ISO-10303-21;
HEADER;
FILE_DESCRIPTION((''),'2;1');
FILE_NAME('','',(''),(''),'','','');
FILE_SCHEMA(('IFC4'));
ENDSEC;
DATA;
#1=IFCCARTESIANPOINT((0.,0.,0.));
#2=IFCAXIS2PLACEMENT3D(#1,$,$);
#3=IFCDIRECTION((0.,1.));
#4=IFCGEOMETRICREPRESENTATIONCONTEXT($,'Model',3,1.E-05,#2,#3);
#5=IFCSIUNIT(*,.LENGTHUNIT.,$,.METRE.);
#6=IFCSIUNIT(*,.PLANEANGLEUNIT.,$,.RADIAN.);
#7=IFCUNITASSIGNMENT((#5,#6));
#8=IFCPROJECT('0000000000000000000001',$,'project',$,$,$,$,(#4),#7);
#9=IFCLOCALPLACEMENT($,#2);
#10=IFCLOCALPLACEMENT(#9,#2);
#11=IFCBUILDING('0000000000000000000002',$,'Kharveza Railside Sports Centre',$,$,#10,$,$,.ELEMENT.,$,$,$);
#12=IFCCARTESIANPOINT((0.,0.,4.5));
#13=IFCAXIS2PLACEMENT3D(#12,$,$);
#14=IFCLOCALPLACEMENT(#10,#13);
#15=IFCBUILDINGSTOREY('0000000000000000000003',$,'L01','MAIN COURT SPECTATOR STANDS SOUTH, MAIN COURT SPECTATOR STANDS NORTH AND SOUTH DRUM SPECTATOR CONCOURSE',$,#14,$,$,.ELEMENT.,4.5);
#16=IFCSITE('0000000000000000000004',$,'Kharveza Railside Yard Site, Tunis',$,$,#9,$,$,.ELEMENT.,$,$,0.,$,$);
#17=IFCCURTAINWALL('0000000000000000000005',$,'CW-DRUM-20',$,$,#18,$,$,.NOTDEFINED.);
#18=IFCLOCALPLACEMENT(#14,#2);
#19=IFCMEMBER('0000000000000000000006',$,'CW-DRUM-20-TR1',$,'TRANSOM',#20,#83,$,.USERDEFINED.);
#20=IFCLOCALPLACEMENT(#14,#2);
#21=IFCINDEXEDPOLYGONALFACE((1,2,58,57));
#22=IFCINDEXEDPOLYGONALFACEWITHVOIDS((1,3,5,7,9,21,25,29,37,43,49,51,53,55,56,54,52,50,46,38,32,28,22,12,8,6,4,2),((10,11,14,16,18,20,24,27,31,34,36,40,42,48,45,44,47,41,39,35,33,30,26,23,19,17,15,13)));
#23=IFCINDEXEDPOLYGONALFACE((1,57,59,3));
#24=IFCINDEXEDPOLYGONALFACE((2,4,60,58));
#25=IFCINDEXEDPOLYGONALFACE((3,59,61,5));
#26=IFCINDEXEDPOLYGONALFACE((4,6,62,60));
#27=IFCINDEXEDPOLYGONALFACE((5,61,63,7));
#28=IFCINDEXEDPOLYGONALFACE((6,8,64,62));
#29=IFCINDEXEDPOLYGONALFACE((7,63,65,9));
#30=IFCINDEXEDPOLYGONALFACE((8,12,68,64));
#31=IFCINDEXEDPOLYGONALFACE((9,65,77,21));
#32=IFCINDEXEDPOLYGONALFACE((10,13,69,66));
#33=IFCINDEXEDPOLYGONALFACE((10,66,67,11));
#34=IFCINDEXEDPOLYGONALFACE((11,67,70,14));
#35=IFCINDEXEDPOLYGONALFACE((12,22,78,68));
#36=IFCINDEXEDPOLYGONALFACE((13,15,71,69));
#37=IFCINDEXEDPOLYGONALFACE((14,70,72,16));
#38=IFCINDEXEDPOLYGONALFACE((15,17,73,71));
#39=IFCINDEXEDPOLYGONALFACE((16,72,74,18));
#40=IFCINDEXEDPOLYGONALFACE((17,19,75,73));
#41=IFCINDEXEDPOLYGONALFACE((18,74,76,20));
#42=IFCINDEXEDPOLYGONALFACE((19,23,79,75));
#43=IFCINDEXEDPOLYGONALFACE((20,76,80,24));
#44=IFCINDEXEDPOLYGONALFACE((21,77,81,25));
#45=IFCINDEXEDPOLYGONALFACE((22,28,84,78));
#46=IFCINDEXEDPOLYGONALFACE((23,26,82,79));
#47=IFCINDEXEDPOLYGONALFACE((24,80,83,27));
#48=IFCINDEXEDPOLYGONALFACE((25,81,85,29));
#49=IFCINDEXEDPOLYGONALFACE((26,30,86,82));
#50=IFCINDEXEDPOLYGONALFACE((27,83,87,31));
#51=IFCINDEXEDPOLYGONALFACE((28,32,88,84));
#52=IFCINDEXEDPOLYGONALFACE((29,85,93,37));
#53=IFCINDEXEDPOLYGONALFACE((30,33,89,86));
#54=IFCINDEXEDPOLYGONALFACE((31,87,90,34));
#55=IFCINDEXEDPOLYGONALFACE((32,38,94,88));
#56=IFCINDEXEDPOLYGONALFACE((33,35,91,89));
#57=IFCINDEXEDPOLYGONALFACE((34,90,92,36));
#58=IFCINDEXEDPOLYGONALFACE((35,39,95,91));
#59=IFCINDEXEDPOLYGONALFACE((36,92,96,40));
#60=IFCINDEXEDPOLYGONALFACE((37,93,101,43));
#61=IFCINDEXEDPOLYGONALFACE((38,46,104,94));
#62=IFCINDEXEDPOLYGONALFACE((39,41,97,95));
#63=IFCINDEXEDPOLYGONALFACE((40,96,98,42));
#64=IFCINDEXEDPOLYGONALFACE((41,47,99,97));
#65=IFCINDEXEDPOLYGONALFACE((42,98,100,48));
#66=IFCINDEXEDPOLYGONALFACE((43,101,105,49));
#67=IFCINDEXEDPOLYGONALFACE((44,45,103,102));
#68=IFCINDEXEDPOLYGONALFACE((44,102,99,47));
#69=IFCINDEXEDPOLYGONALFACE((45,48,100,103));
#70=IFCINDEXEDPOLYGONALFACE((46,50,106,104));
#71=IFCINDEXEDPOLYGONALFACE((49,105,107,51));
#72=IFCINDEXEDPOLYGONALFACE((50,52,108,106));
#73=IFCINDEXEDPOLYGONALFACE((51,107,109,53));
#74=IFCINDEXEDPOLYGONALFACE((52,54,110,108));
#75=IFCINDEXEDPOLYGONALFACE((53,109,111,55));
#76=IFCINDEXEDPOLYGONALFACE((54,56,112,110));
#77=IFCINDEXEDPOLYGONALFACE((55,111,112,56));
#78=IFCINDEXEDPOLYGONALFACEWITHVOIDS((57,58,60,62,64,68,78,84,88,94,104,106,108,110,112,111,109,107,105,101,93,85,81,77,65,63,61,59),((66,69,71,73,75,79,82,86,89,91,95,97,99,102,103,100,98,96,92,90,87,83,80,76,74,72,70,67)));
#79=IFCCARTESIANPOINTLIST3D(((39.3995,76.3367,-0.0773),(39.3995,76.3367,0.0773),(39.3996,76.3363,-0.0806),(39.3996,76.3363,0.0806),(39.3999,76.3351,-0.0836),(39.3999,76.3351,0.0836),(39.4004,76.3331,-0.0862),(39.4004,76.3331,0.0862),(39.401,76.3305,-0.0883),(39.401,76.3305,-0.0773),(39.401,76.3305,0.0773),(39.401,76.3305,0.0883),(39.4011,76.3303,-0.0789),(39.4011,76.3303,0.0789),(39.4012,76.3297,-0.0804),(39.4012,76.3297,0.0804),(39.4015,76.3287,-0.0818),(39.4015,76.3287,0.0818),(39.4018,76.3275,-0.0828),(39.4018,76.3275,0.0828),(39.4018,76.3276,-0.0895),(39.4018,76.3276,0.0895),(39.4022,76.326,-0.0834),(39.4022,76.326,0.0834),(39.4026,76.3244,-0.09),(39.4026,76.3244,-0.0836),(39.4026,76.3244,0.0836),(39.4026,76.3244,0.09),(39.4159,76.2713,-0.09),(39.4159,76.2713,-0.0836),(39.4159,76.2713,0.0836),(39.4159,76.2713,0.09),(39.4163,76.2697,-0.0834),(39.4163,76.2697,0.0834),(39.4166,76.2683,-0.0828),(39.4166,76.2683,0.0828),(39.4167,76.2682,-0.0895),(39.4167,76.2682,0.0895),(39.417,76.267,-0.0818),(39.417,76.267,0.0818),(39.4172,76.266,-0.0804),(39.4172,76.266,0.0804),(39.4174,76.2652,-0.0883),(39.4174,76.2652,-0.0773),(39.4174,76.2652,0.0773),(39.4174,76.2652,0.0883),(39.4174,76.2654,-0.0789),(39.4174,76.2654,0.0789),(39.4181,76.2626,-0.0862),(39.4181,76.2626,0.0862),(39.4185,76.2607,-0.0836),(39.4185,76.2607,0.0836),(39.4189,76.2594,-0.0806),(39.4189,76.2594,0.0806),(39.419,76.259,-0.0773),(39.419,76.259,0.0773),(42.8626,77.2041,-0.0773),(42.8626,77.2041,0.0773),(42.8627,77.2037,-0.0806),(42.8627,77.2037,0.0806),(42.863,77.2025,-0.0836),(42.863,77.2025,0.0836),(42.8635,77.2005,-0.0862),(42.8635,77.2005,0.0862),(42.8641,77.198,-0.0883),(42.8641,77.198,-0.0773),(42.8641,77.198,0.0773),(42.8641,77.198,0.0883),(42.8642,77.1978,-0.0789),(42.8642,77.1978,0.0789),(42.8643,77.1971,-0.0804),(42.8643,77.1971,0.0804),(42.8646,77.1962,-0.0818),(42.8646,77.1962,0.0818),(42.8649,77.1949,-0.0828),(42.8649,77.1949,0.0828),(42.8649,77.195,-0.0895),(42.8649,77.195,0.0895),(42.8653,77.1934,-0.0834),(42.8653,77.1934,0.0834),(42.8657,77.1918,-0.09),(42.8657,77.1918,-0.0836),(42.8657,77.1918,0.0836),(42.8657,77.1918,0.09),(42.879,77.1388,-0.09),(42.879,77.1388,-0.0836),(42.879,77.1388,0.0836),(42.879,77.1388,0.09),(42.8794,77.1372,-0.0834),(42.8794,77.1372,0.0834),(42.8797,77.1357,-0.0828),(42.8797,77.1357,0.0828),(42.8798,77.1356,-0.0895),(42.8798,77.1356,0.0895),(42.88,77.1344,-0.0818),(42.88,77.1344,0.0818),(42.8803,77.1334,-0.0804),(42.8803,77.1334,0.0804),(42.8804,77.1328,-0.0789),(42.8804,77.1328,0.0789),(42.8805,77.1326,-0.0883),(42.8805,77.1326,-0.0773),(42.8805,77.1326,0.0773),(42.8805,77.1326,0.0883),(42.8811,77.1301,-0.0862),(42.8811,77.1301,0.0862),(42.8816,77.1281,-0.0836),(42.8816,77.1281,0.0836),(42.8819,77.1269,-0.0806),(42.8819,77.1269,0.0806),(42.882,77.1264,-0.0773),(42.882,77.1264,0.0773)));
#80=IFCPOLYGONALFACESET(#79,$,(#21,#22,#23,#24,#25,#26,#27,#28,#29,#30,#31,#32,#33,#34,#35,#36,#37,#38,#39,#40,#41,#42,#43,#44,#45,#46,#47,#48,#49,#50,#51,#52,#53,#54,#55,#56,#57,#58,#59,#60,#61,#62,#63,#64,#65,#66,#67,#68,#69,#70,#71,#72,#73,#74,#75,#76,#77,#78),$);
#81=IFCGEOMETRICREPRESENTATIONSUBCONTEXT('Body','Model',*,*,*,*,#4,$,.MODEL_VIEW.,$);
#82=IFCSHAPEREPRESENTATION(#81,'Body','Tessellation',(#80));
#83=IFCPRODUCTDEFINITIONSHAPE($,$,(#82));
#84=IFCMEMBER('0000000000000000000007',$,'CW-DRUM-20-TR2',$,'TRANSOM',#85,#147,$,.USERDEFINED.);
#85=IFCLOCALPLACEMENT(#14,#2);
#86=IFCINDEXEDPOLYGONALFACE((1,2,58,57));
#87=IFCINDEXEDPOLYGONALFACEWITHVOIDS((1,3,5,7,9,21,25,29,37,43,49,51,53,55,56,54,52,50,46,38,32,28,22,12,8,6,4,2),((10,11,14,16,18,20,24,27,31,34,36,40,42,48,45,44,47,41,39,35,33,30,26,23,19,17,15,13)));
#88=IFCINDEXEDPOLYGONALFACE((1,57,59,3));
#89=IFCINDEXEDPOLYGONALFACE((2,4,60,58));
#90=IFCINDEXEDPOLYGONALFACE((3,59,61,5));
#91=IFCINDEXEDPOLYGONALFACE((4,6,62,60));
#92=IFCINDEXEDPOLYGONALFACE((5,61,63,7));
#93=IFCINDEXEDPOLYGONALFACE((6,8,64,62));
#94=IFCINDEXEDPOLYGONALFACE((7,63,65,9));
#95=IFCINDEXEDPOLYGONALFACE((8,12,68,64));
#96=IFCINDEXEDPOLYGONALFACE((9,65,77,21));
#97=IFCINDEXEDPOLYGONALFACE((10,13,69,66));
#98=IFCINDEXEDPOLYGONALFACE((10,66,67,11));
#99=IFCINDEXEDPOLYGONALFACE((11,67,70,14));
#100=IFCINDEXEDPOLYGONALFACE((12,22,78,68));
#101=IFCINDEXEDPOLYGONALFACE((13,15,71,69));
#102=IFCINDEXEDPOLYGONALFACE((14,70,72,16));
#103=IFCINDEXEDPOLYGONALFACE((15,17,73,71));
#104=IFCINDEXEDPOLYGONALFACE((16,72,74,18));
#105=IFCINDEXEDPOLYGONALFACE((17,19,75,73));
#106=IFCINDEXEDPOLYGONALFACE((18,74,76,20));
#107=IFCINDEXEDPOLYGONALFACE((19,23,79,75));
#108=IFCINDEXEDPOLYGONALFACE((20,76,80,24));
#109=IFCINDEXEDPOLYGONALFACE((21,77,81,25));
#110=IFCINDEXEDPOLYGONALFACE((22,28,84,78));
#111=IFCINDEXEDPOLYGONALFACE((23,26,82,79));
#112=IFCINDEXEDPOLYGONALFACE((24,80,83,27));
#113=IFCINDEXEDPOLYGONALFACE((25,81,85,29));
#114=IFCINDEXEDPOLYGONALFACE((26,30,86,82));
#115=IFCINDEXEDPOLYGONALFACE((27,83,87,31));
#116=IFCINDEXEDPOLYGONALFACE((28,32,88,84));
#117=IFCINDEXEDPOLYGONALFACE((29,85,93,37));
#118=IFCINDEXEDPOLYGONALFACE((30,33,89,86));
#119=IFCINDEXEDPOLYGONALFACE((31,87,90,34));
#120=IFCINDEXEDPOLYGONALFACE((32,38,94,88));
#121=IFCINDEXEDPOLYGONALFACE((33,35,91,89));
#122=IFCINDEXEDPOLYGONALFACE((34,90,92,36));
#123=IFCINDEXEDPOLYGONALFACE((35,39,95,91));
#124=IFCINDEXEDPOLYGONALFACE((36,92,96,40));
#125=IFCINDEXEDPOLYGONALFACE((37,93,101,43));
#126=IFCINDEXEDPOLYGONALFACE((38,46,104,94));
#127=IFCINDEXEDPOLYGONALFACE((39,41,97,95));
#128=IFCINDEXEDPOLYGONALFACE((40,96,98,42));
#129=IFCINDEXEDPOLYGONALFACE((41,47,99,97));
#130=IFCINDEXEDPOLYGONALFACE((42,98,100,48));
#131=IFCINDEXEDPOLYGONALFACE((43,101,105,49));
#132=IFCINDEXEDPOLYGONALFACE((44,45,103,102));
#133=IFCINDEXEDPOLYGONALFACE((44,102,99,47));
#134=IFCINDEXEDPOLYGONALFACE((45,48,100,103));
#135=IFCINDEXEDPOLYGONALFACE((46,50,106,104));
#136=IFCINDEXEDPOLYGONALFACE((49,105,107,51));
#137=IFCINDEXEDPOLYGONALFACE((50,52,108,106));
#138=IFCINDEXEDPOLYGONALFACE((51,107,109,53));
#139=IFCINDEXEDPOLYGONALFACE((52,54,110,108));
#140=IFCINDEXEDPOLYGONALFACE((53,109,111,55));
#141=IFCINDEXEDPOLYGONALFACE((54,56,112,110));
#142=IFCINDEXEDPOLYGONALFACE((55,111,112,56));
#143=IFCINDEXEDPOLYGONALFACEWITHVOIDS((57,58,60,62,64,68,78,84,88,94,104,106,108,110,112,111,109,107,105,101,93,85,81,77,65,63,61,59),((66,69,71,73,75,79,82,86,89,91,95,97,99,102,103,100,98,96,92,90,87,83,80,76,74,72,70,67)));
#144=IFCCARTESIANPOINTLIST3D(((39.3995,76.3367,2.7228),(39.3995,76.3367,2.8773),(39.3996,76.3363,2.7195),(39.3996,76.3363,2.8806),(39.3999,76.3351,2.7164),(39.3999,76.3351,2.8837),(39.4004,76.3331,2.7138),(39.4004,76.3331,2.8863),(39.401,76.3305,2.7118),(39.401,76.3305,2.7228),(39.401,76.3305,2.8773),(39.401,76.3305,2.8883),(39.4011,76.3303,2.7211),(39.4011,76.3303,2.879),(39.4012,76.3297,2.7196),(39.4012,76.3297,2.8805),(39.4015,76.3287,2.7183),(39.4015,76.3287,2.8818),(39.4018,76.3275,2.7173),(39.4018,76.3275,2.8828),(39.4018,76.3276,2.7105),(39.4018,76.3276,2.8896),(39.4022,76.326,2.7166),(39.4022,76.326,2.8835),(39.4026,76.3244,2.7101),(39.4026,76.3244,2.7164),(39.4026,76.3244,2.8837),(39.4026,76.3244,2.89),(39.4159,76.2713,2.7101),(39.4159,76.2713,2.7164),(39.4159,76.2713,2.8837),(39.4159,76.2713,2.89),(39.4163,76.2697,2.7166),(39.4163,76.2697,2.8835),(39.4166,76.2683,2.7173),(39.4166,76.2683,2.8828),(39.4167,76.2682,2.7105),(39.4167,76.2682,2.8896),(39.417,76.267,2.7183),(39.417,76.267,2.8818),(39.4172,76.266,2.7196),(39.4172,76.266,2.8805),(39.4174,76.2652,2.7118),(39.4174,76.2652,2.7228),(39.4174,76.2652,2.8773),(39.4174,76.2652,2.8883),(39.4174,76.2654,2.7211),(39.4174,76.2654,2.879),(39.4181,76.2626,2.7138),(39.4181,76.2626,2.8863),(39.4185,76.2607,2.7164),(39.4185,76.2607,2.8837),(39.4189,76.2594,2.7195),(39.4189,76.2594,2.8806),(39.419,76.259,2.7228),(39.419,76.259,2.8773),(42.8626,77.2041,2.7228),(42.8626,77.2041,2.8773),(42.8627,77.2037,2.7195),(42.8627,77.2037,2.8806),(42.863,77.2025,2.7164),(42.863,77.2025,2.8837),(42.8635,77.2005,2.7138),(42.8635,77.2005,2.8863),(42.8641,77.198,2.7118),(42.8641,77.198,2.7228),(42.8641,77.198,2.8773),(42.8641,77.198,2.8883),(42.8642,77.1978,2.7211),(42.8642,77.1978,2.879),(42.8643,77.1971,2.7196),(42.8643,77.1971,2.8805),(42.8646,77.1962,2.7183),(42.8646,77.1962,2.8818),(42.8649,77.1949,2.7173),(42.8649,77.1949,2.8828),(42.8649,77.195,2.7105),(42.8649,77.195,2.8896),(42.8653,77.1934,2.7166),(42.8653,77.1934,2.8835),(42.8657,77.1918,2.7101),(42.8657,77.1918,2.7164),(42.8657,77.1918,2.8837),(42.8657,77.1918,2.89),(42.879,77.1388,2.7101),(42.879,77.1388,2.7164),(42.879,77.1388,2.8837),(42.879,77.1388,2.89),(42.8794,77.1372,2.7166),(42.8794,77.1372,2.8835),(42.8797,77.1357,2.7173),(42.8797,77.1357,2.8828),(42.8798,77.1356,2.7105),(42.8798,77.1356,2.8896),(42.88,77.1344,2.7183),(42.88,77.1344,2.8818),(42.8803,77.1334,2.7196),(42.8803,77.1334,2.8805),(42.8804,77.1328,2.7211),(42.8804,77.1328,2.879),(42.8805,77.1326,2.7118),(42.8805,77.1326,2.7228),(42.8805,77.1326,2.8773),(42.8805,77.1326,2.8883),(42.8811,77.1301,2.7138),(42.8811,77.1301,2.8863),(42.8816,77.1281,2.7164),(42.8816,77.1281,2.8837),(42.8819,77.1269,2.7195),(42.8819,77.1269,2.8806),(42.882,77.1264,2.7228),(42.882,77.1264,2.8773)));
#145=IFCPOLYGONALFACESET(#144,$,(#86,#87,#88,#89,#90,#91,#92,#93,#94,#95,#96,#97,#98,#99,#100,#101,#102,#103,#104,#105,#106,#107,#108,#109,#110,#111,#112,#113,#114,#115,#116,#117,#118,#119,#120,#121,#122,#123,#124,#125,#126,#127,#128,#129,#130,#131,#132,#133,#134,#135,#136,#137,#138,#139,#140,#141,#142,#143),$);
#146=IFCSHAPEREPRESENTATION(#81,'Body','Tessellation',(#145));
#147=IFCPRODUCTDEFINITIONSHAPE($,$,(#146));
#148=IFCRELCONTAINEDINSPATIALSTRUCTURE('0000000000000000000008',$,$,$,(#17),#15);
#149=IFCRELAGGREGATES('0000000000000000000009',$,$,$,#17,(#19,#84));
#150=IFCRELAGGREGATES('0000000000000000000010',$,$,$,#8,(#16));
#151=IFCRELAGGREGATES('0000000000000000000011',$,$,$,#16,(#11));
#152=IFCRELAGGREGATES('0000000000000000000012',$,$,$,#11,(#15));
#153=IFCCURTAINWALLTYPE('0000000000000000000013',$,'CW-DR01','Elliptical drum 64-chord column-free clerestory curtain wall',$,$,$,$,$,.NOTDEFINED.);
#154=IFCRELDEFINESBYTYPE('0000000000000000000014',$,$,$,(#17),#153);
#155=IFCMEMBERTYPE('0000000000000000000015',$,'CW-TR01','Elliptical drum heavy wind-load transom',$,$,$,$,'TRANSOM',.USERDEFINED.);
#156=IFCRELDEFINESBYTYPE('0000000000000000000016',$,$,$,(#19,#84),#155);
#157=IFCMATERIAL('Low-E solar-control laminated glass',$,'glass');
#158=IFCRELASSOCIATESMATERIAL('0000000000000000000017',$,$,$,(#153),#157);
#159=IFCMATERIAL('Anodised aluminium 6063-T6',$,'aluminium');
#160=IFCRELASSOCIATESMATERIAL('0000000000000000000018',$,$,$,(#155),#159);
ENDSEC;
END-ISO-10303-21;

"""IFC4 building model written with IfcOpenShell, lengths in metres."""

from ifc_helpers import new_model, si_unit, direction, frame, origin, origin_2d, place, context, subcontext, project, spatial, hollow_rectangle, extrude, material, material_profile, profile_set, type_object, element, aggregate, save


model = new_model("IFC4")

# Units and contexts
model_context = context("Model", 3, precision=1e-05, world=origin(), true_north=direction((0.0, 1.0)))
body_context = subcontext(model_context, "Body", "Model", "MODEL_VIEW")
ifc_project = project(units=[si_unit("LENGTHUNIT", "METRE"), si_unit("PLANEANGLEUNIT", "RADIAN")], contexts=[model_context])

# Site, building, storey
site_placement = place(None, origin())
site = spatial("IfcSite", under=ifc_project, at=site_placement, Name="Kharveza Railside Yard Site, Tunis", CompositionType="ELEMENT", RefElevation=0.0)
building_placement = place(site_placement, origin())
building = spatial("IfcBuilding", under=site, at=building_placement, Name="Kharveza Railside Sports Centre", CompositionType="ELEMENT")
storey_placement = place(building_placement, frame((0.0, 0.0, 4.5)))
storey = spatial("IfcBuildingStorey", under=building, at=storey_placement, Name="L01", Description="MAIN COURT SPECTATOR STANDS SOUTH, MAIN COURT SPECTATOR STANDS NORTH AND SOUTH DRUM SPECTATOR CONCOURSE", CompositionType="ELEMENT", Elevation=4.5)

# Curtain wall, members
ifc_material_1 = material(Name="Low-E solar-control laminated glass", Category="glass")
curtain_wall_type = type_object("IfcCurtainWallType", Name="CW-DR01", Description="Elliptical drum 64-chord column-free clerestory curtain wall", PredefinedType="NOTDEFINED", material=ifc_material_1)
ifc_material_2 = material(Name="Anodised aluminium 6063-T6", Category="aluminium")
curtain_wall_1_placement = place(storey_placement, origin())
curtain_wall_1 = element("IfcCurtainWall", 1, at=curtain_wall_1_placement, inside=storey, type_object=curtain_wall_type, Name="CW-DRUM-20", PredefinedType="NOTDEFINED")
ifc_material_profile_1 = material_profile(ifc_material_2, hollow_rectangle(XDim=0.0801, YDim=0.1799, WallThickness=0.0063, InnerFilletRadius=0.0063, OuterFilletRadius=0.0127, at=origin_2d()), Name="RHS 80x180x6.3")
ifc_profile_set_1 = profile_set([ifc_material_profile_1], Name="Anodised aluminium 6063-T6")
member_type_1 = type_object("IfcMemberType", Name="CW-TR01", Description="Elliptical drum heavy wind-load transom", ElementType="TRANSOM", PredefinedType="USERDEFINED", material=ifc_profile_set_1)
member_1_placement = place(storey_placement, frame((42.8723, 77.1653, 0.0), z_axis=(-0.970034, -0.24297, 0.0), x_axis=(0.24297, -0.970034, 0.0)))
member_1 = element("IfcMember", 2, at=member_1_placement, type_object=member_type_1, Name="CW-DRUM-20-TR1", ObjectType="TRANSOM", PredefinedType="USERDEFINED", context=body_context, shape_type="SweptSolid", body=[
    extrude(hollow_rectangle(XDim=0.0801, YDim=0.1799, WallThickness=0.0063, InnerFilletRadius=0.0063, OuterFilletRadius=0.0127, at=origin_2d()), origin(), (0.0, 0.0, 1.0), 3.5701),
])
member_2_placement = place(storey_placement, frame((42.8723, 77.1653, 2.8), z_axis=(-0.970034, -0.24297, 0.0), x_axis=(0.24297, -0.970034, 0.0)))
member_2 = element("IfcMember", 3, at=member_2_placement, type_object=member_type_1, Name="CW-DRUM-20-TR2", ObjectType="TRANSOM", PredefinedType="USERDEFINED", context=body_context, shape_type="SweptSolid", body=[
    extrude(hollow_rectangle(XDim=0.0801, YDim=0.1799, WallThickness=0.0063, InnerFilletRadius=0.0063, OuterFilletRadius=0.0127, at=origin_2d()), origin(), (0.0, 0.0, 1.0), 3.5701),
])

aggregate(curtain_wall_1, [member_1, member_2])

save(model, "model.ifc")
